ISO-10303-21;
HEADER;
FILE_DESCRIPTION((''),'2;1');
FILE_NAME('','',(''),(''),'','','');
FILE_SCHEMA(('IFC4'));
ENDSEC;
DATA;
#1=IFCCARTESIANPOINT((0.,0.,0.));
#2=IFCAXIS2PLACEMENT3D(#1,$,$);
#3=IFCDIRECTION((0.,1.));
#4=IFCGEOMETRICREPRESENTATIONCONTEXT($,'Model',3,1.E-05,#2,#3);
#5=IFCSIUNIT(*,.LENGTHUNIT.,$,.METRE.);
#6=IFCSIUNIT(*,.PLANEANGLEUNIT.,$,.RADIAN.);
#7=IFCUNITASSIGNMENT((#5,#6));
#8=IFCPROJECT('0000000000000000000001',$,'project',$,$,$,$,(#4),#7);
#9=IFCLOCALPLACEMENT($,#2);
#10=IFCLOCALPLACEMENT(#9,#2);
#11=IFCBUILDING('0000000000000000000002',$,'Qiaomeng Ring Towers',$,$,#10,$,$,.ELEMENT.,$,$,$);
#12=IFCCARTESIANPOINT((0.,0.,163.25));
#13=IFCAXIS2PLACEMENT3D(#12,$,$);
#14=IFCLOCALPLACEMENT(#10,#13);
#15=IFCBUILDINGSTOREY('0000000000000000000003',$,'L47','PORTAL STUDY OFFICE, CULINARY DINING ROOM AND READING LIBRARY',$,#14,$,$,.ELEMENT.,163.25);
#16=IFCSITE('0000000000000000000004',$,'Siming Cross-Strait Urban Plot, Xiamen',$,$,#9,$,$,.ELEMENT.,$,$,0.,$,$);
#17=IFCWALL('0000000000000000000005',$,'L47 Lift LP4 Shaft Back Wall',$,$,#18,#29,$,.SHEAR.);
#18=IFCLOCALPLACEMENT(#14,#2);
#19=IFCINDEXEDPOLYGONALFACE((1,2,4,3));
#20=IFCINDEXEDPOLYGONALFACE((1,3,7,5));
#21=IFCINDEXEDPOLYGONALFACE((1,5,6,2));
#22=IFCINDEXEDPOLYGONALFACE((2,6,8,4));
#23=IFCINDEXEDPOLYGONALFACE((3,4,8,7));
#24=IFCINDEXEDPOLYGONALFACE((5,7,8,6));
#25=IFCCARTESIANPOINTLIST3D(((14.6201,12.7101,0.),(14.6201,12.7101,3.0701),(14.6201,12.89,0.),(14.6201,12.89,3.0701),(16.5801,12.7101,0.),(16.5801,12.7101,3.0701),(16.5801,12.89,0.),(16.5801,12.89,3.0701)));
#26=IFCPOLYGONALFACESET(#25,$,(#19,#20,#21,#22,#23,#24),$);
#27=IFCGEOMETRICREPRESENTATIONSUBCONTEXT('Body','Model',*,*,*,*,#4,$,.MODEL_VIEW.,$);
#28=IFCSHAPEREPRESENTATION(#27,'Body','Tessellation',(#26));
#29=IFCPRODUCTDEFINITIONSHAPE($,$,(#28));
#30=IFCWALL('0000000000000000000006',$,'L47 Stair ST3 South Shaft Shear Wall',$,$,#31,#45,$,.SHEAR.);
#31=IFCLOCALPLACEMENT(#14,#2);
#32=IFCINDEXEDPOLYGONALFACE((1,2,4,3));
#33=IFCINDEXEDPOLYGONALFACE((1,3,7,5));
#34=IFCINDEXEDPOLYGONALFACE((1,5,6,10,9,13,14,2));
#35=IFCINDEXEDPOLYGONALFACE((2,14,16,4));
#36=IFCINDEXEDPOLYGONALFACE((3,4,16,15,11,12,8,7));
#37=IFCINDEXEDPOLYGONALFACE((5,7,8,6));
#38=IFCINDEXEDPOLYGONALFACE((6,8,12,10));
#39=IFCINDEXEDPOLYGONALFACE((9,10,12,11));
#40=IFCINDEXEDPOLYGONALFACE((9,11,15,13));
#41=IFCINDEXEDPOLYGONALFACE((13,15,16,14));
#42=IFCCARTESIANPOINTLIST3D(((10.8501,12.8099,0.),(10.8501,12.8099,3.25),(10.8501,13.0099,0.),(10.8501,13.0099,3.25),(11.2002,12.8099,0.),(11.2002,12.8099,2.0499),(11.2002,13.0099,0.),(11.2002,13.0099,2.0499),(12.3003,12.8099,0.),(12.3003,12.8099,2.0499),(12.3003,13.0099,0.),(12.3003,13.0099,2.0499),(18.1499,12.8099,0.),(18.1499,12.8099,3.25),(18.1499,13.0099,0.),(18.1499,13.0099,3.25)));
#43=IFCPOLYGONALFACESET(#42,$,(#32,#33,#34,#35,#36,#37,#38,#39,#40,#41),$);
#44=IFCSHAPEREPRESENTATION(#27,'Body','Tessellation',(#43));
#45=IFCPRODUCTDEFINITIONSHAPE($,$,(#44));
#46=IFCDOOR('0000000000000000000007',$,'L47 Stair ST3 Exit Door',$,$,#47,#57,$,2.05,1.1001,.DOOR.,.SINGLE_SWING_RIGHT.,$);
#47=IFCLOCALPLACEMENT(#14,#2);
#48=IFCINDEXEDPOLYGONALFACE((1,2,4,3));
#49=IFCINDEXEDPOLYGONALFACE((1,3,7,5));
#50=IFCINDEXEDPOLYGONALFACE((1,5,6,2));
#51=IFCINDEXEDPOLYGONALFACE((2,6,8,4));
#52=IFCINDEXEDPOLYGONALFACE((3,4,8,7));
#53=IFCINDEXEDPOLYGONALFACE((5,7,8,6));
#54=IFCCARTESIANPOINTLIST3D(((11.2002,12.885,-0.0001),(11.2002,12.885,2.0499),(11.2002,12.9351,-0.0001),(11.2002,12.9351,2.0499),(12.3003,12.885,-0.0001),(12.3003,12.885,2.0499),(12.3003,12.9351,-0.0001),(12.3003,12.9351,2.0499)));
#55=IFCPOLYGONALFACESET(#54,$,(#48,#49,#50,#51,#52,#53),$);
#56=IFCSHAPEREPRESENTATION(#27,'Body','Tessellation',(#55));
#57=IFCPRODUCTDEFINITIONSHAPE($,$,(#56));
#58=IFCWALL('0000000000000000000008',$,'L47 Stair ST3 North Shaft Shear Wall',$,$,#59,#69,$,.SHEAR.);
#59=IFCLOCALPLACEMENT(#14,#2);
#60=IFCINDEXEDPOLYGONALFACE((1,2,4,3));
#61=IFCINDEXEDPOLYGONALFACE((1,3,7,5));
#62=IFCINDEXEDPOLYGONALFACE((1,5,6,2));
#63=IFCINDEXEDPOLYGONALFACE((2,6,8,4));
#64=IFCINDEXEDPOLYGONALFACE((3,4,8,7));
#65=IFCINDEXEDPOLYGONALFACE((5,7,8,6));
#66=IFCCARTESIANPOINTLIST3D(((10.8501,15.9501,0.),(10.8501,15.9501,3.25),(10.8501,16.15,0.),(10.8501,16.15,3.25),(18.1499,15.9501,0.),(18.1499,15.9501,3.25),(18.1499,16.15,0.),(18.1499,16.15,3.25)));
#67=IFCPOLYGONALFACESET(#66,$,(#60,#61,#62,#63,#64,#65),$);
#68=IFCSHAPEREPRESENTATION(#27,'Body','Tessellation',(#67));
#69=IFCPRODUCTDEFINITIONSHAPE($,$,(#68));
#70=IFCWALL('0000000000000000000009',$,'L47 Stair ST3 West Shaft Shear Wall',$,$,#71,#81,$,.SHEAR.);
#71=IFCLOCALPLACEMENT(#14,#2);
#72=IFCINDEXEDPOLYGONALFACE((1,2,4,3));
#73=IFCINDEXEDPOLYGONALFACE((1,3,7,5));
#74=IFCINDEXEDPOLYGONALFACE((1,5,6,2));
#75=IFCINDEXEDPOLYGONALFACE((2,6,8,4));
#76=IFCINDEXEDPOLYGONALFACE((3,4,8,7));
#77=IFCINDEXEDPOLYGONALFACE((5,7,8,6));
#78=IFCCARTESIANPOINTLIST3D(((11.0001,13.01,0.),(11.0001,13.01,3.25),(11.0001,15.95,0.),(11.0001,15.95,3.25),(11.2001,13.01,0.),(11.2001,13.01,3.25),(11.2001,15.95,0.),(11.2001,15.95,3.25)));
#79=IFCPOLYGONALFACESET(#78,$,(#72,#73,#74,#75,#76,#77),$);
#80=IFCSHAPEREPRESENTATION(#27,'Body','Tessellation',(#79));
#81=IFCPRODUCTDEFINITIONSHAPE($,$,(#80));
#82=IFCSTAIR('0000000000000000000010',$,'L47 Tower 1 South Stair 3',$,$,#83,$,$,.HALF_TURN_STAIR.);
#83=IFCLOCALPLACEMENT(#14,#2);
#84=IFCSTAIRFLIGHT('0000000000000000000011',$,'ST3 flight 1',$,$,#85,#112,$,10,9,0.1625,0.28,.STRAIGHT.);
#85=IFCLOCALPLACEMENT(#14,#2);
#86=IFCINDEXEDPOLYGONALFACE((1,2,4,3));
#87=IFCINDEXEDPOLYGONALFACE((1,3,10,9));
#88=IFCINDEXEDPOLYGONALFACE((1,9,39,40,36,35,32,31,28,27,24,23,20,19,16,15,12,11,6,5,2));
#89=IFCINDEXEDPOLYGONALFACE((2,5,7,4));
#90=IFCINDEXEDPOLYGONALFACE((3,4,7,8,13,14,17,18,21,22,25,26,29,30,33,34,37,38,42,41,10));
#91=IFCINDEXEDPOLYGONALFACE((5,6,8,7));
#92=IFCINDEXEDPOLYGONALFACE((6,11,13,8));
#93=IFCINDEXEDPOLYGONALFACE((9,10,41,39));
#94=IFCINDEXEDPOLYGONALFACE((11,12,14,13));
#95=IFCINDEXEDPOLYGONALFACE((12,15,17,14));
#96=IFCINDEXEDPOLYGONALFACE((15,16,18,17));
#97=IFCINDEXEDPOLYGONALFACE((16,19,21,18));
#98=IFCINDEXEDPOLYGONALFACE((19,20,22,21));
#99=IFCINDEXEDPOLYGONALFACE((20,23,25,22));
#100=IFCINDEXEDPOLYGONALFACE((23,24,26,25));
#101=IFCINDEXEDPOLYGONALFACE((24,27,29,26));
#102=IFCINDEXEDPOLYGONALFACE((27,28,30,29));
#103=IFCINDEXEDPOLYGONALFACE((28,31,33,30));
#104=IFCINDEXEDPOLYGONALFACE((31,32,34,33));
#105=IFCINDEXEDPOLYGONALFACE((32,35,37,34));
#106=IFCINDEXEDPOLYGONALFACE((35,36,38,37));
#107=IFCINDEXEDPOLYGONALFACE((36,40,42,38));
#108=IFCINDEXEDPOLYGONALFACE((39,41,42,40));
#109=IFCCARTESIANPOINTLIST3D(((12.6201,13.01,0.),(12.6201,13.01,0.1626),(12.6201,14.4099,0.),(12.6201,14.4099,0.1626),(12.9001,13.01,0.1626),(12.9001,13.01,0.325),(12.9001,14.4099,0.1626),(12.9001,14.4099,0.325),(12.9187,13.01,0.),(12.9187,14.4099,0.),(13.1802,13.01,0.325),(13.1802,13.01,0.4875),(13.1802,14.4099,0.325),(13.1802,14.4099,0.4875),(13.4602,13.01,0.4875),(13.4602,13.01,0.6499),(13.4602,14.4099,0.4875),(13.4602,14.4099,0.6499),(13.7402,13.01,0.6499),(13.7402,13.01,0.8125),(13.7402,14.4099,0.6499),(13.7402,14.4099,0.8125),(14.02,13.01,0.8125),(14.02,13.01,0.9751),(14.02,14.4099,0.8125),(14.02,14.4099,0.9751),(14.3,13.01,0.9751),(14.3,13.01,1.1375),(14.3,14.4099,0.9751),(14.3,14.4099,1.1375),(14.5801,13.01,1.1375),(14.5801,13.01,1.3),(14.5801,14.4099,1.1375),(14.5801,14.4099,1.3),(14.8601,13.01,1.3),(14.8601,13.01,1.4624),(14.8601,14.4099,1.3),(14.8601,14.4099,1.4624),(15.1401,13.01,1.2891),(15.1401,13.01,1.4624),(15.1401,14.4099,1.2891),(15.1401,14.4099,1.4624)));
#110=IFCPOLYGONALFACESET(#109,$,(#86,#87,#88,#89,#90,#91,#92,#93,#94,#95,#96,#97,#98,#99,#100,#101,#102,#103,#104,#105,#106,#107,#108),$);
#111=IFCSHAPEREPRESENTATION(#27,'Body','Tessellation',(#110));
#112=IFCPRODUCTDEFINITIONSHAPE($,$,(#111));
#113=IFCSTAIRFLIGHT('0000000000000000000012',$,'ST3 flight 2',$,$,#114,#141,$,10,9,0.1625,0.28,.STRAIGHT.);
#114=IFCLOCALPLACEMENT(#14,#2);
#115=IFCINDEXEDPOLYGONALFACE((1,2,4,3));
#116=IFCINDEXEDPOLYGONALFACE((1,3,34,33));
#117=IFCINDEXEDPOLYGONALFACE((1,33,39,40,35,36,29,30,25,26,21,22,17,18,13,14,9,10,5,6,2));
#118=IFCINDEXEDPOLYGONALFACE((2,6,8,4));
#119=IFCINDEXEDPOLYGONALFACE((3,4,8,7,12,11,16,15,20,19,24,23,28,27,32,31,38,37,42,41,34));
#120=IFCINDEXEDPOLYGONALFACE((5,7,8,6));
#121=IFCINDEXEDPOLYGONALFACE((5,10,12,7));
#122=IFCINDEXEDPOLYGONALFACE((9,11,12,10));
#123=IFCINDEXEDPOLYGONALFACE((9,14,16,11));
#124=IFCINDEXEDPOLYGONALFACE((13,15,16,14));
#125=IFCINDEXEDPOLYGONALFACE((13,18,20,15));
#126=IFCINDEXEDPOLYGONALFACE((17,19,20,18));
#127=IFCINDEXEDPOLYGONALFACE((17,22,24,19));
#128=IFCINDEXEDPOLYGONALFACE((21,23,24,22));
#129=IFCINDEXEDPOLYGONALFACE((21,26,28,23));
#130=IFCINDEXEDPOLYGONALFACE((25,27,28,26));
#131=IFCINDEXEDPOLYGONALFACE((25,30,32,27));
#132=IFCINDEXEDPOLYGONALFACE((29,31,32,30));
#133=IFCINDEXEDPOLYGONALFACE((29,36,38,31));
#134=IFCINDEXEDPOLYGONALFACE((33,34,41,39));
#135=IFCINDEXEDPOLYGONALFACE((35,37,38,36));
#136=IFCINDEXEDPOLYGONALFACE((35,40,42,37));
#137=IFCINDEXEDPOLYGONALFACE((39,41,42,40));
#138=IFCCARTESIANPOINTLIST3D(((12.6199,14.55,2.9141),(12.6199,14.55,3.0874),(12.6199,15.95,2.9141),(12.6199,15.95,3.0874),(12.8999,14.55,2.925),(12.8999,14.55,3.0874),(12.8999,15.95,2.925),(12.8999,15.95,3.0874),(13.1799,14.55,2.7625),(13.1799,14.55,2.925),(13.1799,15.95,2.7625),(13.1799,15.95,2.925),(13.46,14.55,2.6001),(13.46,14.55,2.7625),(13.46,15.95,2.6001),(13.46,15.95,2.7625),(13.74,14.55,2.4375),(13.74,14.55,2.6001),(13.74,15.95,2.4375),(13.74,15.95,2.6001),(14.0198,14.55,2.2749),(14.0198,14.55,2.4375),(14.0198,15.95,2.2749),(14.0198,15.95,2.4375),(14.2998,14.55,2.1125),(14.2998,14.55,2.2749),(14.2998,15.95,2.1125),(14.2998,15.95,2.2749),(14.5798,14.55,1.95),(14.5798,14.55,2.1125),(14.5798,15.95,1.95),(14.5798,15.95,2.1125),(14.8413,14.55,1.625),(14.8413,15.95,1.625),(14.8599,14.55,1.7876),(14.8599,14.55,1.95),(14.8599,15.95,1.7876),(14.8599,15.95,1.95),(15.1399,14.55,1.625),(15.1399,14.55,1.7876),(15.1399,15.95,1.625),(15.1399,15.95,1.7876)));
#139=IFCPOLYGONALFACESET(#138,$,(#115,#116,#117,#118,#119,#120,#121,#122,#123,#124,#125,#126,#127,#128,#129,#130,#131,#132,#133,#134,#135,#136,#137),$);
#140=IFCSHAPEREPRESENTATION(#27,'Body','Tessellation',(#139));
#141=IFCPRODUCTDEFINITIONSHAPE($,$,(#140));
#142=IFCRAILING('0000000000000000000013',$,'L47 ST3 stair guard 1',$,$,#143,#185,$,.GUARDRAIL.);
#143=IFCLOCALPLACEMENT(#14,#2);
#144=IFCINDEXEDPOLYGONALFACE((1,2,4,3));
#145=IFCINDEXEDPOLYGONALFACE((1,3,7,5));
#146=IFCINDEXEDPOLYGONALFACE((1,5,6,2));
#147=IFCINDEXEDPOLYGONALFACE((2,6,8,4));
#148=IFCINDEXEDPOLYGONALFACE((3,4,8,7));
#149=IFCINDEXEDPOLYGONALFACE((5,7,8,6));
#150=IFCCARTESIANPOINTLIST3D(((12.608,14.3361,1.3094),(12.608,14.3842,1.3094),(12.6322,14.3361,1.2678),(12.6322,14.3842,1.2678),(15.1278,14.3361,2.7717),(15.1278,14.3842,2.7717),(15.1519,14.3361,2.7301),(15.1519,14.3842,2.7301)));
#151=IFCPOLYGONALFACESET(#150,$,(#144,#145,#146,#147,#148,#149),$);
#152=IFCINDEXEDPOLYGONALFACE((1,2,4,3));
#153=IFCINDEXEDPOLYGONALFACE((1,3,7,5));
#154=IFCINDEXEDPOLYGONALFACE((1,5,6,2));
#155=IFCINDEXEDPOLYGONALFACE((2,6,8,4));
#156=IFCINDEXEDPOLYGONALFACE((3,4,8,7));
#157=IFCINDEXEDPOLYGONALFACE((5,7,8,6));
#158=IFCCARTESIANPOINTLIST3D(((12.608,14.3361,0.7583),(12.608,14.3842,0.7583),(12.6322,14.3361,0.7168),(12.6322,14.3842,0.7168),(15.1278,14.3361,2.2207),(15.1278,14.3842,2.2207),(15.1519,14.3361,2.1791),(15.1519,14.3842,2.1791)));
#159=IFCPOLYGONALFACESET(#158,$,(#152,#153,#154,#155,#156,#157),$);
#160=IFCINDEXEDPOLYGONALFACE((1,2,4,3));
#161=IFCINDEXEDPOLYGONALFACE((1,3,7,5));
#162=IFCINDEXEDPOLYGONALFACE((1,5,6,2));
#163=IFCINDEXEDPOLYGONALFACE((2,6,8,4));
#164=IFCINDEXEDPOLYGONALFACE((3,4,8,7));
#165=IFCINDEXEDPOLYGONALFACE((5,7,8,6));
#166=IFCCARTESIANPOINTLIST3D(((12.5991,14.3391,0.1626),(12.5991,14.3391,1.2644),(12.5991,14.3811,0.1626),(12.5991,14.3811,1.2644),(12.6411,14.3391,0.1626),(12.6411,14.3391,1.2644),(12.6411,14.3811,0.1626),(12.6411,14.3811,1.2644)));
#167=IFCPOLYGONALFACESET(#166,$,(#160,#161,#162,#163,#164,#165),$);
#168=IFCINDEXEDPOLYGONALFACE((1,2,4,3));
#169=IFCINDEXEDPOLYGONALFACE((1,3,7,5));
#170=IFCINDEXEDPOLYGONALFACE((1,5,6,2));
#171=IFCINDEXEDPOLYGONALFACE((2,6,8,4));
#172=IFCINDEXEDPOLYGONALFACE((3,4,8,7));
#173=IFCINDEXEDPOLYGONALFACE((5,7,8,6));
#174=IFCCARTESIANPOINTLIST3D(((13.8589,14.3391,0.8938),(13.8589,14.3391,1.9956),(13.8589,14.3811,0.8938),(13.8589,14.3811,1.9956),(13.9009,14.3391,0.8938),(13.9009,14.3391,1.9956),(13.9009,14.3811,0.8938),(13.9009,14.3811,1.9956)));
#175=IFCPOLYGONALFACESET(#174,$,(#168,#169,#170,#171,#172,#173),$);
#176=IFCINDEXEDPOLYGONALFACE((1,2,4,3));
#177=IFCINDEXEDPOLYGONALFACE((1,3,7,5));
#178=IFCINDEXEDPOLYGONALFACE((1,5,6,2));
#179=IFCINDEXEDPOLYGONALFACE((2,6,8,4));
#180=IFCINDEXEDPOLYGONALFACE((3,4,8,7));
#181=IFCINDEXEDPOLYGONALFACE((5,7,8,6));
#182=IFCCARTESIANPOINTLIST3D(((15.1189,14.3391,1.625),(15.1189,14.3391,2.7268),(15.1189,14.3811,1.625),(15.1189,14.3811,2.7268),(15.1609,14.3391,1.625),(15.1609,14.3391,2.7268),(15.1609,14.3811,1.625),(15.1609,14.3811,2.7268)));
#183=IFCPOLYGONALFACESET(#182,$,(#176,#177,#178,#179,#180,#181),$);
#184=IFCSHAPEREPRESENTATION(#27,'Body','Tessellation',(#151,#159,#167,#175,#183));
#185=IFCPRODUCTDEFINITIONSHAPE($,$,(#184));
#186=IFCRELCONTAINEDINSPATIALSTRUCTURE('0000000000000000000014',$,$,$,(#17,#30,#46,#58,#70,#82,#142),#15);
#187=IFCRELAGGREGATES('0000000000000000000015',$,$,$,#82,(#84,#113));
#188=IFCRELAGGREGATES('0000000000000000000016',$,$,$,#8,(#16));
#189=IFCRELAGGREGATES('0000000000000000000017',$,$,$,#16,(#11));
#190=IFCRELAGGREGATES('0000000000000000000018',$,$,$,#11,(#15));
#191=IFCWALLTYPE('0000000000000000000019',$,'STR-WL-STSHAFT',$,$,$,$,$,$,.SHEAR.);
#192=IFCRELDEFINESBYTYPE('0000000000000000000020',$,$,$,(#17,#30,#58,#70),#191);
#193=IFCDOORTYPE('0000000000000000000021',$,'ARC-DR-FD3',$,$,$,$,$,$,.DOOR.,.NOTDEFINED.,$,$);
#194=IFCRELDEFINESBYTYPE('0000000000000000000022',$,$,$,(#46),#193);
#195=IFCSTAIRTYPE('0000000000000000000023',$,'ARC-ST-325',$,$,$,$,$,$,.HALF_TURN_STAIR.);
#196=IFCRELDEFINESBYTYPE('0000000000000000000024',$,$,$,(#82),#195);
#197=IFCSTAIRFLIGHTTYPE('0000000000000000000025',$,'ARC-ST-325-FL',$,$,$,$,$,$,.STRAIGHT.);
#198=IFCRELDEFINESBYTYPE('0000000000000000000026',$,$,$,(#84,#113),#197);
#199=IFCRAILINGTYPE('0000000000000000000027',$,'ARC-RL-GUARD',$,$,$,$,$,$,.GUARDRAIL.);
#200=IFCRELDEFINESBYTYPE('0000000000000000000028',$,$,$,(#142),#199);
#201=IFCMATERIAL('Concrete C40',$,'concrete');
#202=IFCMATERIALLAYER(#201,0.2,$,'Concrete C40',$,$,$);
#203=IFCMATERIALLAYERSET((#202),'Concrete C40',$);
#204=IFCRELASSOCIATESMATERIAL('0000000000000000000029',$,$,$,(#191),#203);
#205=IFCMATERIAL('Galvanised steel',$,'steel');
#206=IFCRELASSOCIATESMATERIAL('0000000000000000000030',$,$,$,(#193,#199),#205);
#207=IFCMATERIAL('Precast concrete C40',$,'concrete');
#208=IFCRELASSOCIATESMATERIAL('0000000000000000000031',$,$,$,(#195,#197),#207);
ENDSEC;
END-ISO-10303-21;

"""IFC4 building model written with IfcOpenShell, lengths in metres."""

from ifc_helpers import new_model, si_unit, direction, frame, frame_2d, origin, origin_2d, place, context, subcontext, project, spatial, polyline, rectangle, outline, extrude, source, transform, mapped, material, layer, layer_set, type_object, element, fill, aggregate, save


model = new_model("IFC4")

# Units and contexts
model_context = context("Model", 3, precision=1e-05, world=origin(), true_north=direction((0.0, 1.0)))
body_context = subcontext(model_context, "Body", "Model", "MODEL_VIEW")
ifc_project = project(units=[si_unit("LENGTHUNIT", "METRE"), si_unit("PLANEANGLEUNIT", "RADIAN")], contexts=[model_context])

# Site, building, storey
site_placement = place(None, origin())
site = spatial("IfcSite", under=ifc_project, at=site_placement, Name="Siming Cross-Strait Urban Plot, Xiamen", CompositionType="ELEMENT", RefElevation=0.0)
building_placement = place(site_placement, origin())
building = spatial("IfcBuilding", under=site, at=building_placement, Name="Qiaomeng Ring Towers", CompositionType="ELEMENT")
storey_placement = place(building_placement, frame((0.0, 0.0, 163.25)))
storey = spatial("IfcBuildingStorey", under=building, at=storey_placement, Name="L47", Description="PORTAL STUDY OFFICE, CULINARY DINING ROOM AND READING LIBRARY", CompositionType="ELEMENT", Elevation=163.25)

# Wall
ifc_material_1 = material(Name="Concrete C40", Category="concrete")
ifc_layer = layer(ifc_material_1, 0.2, Name="Concrete C40")
ifc_layer_set = layer_set([ifc_layer], Name="Concrete C40")
wall_type = type_object("IfcWallType", Name="STR-WL-STSHAFT", PredefinedType="SHEAR", material=ifc_layer_set)
wall_1_placement = place(storey_placement, frame((14.6201, 12.8, 0.0), z_axis=(0.0, 0.0, 1.0), x_axis=(1.0, 0.0, 0.0)))
element("IfcWall", 1, at=wall_1_placement, inside=storey, type_object=wall_type, Name="L47 Lift LP4 Shaft Back Wall", PredefinedType="SHEAR", context=body_context, shape_type="SweptSolid", body=[
    extrude(rectangle(XDim=1.96, YDim=0.1799, at=frame_2d((0.98, 0.0))), origin(), (0.0, 0.0, 1.0), 3.0701),
])

# Wall, opening, door
wall_2_placement = place(storey_placement, frame((10.8501, 12.9099, 0.0), z_axis=(0.0, 0.0, 1.0), x_axis=(1.0, 0.0, 0.0)))
wall_2 = element("IfcWall", 2, at=wall_2_placement, inside=storey, type_object=wall_type, Name="L47 Stair ST3 South Shaft Shear Wall", PredefinedType="SHEAR", context=body_context, shape_type="SweptSolid", body=[
    extrude(rectangle(XDim=7.2998, YDim=0.2, at=frame_2d((3.6499, 0.0))), origin(), (0.0, 0.0, 1.0), 3.25),
])
opening_placement = place(wall_2_placement, frame((0.3501, 0.0, 0.0)))
opening = element("IfcOpeningElement", 3, at=opening_placement, cuts=wall_2, PredefinedType="OPENING", context=body_context, shape_type="SweptSolid", body=[
    extrude(rectangle(XDim=1.1001, YDim=2.05, at=frame_2d((0.55, 1.0249))), frame((0.0, 0.1099, 0.0), z_axis=(0.0, -1.0, 0.0), x_axis=(1.0, 0.0, 0.0)), (0.0, 0.0, 1.0), 0.22),
])
ifc_material_2 = material(Name="Galvanised steel", Category="steel")
door_type = type_object("IfcDoorType", Name="ARC-DR-FD3", OperationType="NOTDEFINED", PredefinedType="DOOR", material=ifc_material_2)
shared_shape_1 = source(origin(), body_context, "Body", "SweptSolid", [
    extrude(rectangle(XDim=1.1001, YDim=2.05, at=frame_2d((0.55, 1.0249))), frame((0.0, 0.0249, 0.0), z_axis=(0.0, -1.0, 0.0), x_axis=(1.0, 0.0, 0.0)), (0.0, 0.0, 1.0), 0.05),
])
door_placement = place(opening_placement, frame((1.1001, 0.0, 0.0), z_axis=(0.0, 0.0, 1.0), x_axis=(-1.0, 0.0, 0.0)))
door = element("IfcDoor", 4, at=door_placement, inside=storey, type_object=door_type, Name="L47 Stair ST3 Exit Door", OperationType="SINGLE_SWING_RIGHT", OverallHeight=2.05, OverallWidth=1.1001, PredefinedType="DOOR", context=body_context, shape_type="MappedRepresentation", body=[
    mapped(shared_shape_1, transform((0.0, 0.0, 0.0), x_axis=(1.0, 0.0, 0.0), y_axis=(0.0, 1.0, 0.0), z_axis=(0.0, 0.0, 1.0), scale=1.0)),
])
fill(opening, door)

# Walls
wall_3_placement = place(storey_placement, frame((10.8501, 16.05, 0.0), z_axis=(0.0, 0.0, 1.0), x_axis=(1.0, 0.0, 0.0)))
element("IfcWall", 5, at=wall_3_placement, inside=storey, type_object=wall_type, Name="L47 Stair ST3 North Shaft Shear Wall", PredefinedType="SHEAR", context=body_context, shape_type="SweptSolid", body=[
    extrude(rectangle(XDim=7.2998, YDim=0.2, at=frame_2d((3.6499, 0.0))), origin(), (0.0, 0.0, 1.0), 3.25),
])
wall_4_placement = place(storey_placement, frame((11.1001, 13.01, 0.0), z_axis=(0.0, 0.0, 1.0), x_axis=(0.0, 1.0, 0.0)))
element("IfcWall", 6, at=wall_4_placement, inside=storey, type_object=wall_type, Name="L47 Stair ST3 West Shaft Shear Wall", PredefinedType="SHEAR", context=body_context, shape_type="SweptSolid", body=[
    extrude(rectangle(XDim=2.9399, YDim=0.2, at=frame_2d((1.47, 0.0))), origin(), (0.0, 0.0, 1.0), 3.25),
])

# Stair, stair flights
ifc_material_3 = material(Name="Precast concrete C40", Category="concrete")
stair_type = type_object("IfcStairType", Name="ARC-ST-325", PredefinedType="HALF_TURN_STAIR", material=ifc_material_3)
stair_placement = place(storey_placement, origin())
stair = element("IfcStair", 7, at=stair_placement, inside=storey, type_object=stair_type, Name="L47 Tower 1 South Stair 3", PredefinedType="HALF_TURN_STAIR")
stair_flight_type = type_object("IfcStairFlightType", Name="ARC-ST-325-FL", PredefinedType="STRAIGHT", material=ifc_material_3)
shared_shape_2 = source(origin(), body_context, "Body", "SweptSolid", [
    extrude(outline(polyline([(0.0, 0.0), (0.0, 0.1626), (0.28, 0.1626), (0.28, 0.325), (0.5601, 0.325), (0.5601, 0.4875), (0.8401, 0.4875), (0.8401, 0.6499), (1.1201, 0.6499), (1.1201, 0.8125), (1.3999, 0.8125), (1.3999, 0.9751), (1.6799, 0.9751), (1.6799, 1.1375), (1.96, 1.1375), (1.96, 1.3), (2.24, 1.3), (2.24, 1.4624), (2.52, 1.4624), (2.52, 1.625), (2.52, 1.2891), (0.2986, 0.0), (0.0, 0.0)])), frame((0.0, 0.7, 0.0), z_axis=(0.0, -1.0, 0.0), x_axis=(1.0, 0.0, 0.0)), (0.0, 0.0, 1.0), 1.3999),
])
stair_flight_1_placement = place(storey_placement, frame((12.6201, 13.71, 0.0), z_axis=(0.0, 0.0, 1.0), x_axis=(1.0, 0.0, 0.0)))
stair_flight_1 = element("IfcStairFlight", 8, at=stair_flight_1_placement, type_object=stair_flight_type, Name="ST3 flight 1", NumberOfRisers=10, NumberOfTreads=9, PredefinedType="STRAIGHT", RiserHeight=0.1625, TreadLength=0.28, context=body_context, shape_type="MappedRepresentation", body=[
    mapped(shared_shape_2, transform((0.0, 0.0, 0.0), x_axis=(1.0, 0.0, 0.0), y_axis=(0.0, 1.0, 0.0), z_axis=(0.0, 0.0, 1.0), scale=1.0)),
])
stair_flight_2_placement = place(storey_placement, frame((15.1399, 15.25, 1.625), z_axis=(0.0, 0.0, 1.0), x_axis=(-1.0, 0.0, 0.0)))
stair_flight_2 = element("IfcStairFlight", 9, at=stair_flight_2_placement, type_object=stair_flight_type, Name="ST3 flight 2", NumberOfRisers=10, NumberOfTreads=9, PredefinedType="STRAIGHT", RiserHeight=0.1625, TreadLength=0.28, context=body_context, shape_type="MappedRepresentation", body=[
    mapped(shared_shape_2, transform((0.0, 0.0, 0.0), x_axis=(1.0, 0.0, 0.0), y_axis=(0.0, 1.0, 0.0), z_axis=(0.0, 0.0, 1.0), scale=1.0)),
])
aggregate(stair, [stair_flight_1, stair_flight_2])

# Railing
railing_type_1 = type_object("IfcRailingType", Name="ARC-RL-GUARD", PredefinedType="GUARDRAIL", material=ifc_material_2)
railing_1_placement = place(storey_placement, frame((12.6201, 14.3601, 0.1626)))
element("IfcRailing", 10, at=railing_1_placement, inside=storey, type_object=railing_type_1, Name="L47 ST3 stair guard 1", PredefinedType="GUARDRAIL", context=body_context, shape_type="SweptSolid", body=[
    extrude(rectangle(XDim=0.0481, YDim=0.0481, at=origin_2d()), frame((0.0, 0.0, 1.126), z_axis=(0.864892, 0.0, 0.501958), x_axis=(0.0, 1.0, 0.0)), (0.0, 0.0, 1.0), 2.9133),
    extrude(rectangle(XDim=0.0481, YDim=0.0481, at=origin_2d()), frame((0.0, 0.0, 0.575), z_axis=(0.864892, 0.0, 0.501958), x_axis=(0.0, 1.0, 0.0)), (0.0, 0.0, 1.0), 2.9133),
    extrude(rectangle(XDim=0.042, YDim=0.042, at=origin_2d()), origin(), (0.0, 0.0, 1.0), 1.1018),
    extrude(rectangle(XDim=0.042, YDim=0.042, at=origin_2d()), frame((1.2598, 0.0, 0.7312)), (0.0, 0.0, 1.0), 1.1018),
    extrude(rectangle(XDim=0.042, YDim=0.042, at=origin_2d()), frame((2.5198, 0.0, 1.4624)), (0.0, 0.0, 1.0), 1.1018),
])

save(model, "model.ifc")
